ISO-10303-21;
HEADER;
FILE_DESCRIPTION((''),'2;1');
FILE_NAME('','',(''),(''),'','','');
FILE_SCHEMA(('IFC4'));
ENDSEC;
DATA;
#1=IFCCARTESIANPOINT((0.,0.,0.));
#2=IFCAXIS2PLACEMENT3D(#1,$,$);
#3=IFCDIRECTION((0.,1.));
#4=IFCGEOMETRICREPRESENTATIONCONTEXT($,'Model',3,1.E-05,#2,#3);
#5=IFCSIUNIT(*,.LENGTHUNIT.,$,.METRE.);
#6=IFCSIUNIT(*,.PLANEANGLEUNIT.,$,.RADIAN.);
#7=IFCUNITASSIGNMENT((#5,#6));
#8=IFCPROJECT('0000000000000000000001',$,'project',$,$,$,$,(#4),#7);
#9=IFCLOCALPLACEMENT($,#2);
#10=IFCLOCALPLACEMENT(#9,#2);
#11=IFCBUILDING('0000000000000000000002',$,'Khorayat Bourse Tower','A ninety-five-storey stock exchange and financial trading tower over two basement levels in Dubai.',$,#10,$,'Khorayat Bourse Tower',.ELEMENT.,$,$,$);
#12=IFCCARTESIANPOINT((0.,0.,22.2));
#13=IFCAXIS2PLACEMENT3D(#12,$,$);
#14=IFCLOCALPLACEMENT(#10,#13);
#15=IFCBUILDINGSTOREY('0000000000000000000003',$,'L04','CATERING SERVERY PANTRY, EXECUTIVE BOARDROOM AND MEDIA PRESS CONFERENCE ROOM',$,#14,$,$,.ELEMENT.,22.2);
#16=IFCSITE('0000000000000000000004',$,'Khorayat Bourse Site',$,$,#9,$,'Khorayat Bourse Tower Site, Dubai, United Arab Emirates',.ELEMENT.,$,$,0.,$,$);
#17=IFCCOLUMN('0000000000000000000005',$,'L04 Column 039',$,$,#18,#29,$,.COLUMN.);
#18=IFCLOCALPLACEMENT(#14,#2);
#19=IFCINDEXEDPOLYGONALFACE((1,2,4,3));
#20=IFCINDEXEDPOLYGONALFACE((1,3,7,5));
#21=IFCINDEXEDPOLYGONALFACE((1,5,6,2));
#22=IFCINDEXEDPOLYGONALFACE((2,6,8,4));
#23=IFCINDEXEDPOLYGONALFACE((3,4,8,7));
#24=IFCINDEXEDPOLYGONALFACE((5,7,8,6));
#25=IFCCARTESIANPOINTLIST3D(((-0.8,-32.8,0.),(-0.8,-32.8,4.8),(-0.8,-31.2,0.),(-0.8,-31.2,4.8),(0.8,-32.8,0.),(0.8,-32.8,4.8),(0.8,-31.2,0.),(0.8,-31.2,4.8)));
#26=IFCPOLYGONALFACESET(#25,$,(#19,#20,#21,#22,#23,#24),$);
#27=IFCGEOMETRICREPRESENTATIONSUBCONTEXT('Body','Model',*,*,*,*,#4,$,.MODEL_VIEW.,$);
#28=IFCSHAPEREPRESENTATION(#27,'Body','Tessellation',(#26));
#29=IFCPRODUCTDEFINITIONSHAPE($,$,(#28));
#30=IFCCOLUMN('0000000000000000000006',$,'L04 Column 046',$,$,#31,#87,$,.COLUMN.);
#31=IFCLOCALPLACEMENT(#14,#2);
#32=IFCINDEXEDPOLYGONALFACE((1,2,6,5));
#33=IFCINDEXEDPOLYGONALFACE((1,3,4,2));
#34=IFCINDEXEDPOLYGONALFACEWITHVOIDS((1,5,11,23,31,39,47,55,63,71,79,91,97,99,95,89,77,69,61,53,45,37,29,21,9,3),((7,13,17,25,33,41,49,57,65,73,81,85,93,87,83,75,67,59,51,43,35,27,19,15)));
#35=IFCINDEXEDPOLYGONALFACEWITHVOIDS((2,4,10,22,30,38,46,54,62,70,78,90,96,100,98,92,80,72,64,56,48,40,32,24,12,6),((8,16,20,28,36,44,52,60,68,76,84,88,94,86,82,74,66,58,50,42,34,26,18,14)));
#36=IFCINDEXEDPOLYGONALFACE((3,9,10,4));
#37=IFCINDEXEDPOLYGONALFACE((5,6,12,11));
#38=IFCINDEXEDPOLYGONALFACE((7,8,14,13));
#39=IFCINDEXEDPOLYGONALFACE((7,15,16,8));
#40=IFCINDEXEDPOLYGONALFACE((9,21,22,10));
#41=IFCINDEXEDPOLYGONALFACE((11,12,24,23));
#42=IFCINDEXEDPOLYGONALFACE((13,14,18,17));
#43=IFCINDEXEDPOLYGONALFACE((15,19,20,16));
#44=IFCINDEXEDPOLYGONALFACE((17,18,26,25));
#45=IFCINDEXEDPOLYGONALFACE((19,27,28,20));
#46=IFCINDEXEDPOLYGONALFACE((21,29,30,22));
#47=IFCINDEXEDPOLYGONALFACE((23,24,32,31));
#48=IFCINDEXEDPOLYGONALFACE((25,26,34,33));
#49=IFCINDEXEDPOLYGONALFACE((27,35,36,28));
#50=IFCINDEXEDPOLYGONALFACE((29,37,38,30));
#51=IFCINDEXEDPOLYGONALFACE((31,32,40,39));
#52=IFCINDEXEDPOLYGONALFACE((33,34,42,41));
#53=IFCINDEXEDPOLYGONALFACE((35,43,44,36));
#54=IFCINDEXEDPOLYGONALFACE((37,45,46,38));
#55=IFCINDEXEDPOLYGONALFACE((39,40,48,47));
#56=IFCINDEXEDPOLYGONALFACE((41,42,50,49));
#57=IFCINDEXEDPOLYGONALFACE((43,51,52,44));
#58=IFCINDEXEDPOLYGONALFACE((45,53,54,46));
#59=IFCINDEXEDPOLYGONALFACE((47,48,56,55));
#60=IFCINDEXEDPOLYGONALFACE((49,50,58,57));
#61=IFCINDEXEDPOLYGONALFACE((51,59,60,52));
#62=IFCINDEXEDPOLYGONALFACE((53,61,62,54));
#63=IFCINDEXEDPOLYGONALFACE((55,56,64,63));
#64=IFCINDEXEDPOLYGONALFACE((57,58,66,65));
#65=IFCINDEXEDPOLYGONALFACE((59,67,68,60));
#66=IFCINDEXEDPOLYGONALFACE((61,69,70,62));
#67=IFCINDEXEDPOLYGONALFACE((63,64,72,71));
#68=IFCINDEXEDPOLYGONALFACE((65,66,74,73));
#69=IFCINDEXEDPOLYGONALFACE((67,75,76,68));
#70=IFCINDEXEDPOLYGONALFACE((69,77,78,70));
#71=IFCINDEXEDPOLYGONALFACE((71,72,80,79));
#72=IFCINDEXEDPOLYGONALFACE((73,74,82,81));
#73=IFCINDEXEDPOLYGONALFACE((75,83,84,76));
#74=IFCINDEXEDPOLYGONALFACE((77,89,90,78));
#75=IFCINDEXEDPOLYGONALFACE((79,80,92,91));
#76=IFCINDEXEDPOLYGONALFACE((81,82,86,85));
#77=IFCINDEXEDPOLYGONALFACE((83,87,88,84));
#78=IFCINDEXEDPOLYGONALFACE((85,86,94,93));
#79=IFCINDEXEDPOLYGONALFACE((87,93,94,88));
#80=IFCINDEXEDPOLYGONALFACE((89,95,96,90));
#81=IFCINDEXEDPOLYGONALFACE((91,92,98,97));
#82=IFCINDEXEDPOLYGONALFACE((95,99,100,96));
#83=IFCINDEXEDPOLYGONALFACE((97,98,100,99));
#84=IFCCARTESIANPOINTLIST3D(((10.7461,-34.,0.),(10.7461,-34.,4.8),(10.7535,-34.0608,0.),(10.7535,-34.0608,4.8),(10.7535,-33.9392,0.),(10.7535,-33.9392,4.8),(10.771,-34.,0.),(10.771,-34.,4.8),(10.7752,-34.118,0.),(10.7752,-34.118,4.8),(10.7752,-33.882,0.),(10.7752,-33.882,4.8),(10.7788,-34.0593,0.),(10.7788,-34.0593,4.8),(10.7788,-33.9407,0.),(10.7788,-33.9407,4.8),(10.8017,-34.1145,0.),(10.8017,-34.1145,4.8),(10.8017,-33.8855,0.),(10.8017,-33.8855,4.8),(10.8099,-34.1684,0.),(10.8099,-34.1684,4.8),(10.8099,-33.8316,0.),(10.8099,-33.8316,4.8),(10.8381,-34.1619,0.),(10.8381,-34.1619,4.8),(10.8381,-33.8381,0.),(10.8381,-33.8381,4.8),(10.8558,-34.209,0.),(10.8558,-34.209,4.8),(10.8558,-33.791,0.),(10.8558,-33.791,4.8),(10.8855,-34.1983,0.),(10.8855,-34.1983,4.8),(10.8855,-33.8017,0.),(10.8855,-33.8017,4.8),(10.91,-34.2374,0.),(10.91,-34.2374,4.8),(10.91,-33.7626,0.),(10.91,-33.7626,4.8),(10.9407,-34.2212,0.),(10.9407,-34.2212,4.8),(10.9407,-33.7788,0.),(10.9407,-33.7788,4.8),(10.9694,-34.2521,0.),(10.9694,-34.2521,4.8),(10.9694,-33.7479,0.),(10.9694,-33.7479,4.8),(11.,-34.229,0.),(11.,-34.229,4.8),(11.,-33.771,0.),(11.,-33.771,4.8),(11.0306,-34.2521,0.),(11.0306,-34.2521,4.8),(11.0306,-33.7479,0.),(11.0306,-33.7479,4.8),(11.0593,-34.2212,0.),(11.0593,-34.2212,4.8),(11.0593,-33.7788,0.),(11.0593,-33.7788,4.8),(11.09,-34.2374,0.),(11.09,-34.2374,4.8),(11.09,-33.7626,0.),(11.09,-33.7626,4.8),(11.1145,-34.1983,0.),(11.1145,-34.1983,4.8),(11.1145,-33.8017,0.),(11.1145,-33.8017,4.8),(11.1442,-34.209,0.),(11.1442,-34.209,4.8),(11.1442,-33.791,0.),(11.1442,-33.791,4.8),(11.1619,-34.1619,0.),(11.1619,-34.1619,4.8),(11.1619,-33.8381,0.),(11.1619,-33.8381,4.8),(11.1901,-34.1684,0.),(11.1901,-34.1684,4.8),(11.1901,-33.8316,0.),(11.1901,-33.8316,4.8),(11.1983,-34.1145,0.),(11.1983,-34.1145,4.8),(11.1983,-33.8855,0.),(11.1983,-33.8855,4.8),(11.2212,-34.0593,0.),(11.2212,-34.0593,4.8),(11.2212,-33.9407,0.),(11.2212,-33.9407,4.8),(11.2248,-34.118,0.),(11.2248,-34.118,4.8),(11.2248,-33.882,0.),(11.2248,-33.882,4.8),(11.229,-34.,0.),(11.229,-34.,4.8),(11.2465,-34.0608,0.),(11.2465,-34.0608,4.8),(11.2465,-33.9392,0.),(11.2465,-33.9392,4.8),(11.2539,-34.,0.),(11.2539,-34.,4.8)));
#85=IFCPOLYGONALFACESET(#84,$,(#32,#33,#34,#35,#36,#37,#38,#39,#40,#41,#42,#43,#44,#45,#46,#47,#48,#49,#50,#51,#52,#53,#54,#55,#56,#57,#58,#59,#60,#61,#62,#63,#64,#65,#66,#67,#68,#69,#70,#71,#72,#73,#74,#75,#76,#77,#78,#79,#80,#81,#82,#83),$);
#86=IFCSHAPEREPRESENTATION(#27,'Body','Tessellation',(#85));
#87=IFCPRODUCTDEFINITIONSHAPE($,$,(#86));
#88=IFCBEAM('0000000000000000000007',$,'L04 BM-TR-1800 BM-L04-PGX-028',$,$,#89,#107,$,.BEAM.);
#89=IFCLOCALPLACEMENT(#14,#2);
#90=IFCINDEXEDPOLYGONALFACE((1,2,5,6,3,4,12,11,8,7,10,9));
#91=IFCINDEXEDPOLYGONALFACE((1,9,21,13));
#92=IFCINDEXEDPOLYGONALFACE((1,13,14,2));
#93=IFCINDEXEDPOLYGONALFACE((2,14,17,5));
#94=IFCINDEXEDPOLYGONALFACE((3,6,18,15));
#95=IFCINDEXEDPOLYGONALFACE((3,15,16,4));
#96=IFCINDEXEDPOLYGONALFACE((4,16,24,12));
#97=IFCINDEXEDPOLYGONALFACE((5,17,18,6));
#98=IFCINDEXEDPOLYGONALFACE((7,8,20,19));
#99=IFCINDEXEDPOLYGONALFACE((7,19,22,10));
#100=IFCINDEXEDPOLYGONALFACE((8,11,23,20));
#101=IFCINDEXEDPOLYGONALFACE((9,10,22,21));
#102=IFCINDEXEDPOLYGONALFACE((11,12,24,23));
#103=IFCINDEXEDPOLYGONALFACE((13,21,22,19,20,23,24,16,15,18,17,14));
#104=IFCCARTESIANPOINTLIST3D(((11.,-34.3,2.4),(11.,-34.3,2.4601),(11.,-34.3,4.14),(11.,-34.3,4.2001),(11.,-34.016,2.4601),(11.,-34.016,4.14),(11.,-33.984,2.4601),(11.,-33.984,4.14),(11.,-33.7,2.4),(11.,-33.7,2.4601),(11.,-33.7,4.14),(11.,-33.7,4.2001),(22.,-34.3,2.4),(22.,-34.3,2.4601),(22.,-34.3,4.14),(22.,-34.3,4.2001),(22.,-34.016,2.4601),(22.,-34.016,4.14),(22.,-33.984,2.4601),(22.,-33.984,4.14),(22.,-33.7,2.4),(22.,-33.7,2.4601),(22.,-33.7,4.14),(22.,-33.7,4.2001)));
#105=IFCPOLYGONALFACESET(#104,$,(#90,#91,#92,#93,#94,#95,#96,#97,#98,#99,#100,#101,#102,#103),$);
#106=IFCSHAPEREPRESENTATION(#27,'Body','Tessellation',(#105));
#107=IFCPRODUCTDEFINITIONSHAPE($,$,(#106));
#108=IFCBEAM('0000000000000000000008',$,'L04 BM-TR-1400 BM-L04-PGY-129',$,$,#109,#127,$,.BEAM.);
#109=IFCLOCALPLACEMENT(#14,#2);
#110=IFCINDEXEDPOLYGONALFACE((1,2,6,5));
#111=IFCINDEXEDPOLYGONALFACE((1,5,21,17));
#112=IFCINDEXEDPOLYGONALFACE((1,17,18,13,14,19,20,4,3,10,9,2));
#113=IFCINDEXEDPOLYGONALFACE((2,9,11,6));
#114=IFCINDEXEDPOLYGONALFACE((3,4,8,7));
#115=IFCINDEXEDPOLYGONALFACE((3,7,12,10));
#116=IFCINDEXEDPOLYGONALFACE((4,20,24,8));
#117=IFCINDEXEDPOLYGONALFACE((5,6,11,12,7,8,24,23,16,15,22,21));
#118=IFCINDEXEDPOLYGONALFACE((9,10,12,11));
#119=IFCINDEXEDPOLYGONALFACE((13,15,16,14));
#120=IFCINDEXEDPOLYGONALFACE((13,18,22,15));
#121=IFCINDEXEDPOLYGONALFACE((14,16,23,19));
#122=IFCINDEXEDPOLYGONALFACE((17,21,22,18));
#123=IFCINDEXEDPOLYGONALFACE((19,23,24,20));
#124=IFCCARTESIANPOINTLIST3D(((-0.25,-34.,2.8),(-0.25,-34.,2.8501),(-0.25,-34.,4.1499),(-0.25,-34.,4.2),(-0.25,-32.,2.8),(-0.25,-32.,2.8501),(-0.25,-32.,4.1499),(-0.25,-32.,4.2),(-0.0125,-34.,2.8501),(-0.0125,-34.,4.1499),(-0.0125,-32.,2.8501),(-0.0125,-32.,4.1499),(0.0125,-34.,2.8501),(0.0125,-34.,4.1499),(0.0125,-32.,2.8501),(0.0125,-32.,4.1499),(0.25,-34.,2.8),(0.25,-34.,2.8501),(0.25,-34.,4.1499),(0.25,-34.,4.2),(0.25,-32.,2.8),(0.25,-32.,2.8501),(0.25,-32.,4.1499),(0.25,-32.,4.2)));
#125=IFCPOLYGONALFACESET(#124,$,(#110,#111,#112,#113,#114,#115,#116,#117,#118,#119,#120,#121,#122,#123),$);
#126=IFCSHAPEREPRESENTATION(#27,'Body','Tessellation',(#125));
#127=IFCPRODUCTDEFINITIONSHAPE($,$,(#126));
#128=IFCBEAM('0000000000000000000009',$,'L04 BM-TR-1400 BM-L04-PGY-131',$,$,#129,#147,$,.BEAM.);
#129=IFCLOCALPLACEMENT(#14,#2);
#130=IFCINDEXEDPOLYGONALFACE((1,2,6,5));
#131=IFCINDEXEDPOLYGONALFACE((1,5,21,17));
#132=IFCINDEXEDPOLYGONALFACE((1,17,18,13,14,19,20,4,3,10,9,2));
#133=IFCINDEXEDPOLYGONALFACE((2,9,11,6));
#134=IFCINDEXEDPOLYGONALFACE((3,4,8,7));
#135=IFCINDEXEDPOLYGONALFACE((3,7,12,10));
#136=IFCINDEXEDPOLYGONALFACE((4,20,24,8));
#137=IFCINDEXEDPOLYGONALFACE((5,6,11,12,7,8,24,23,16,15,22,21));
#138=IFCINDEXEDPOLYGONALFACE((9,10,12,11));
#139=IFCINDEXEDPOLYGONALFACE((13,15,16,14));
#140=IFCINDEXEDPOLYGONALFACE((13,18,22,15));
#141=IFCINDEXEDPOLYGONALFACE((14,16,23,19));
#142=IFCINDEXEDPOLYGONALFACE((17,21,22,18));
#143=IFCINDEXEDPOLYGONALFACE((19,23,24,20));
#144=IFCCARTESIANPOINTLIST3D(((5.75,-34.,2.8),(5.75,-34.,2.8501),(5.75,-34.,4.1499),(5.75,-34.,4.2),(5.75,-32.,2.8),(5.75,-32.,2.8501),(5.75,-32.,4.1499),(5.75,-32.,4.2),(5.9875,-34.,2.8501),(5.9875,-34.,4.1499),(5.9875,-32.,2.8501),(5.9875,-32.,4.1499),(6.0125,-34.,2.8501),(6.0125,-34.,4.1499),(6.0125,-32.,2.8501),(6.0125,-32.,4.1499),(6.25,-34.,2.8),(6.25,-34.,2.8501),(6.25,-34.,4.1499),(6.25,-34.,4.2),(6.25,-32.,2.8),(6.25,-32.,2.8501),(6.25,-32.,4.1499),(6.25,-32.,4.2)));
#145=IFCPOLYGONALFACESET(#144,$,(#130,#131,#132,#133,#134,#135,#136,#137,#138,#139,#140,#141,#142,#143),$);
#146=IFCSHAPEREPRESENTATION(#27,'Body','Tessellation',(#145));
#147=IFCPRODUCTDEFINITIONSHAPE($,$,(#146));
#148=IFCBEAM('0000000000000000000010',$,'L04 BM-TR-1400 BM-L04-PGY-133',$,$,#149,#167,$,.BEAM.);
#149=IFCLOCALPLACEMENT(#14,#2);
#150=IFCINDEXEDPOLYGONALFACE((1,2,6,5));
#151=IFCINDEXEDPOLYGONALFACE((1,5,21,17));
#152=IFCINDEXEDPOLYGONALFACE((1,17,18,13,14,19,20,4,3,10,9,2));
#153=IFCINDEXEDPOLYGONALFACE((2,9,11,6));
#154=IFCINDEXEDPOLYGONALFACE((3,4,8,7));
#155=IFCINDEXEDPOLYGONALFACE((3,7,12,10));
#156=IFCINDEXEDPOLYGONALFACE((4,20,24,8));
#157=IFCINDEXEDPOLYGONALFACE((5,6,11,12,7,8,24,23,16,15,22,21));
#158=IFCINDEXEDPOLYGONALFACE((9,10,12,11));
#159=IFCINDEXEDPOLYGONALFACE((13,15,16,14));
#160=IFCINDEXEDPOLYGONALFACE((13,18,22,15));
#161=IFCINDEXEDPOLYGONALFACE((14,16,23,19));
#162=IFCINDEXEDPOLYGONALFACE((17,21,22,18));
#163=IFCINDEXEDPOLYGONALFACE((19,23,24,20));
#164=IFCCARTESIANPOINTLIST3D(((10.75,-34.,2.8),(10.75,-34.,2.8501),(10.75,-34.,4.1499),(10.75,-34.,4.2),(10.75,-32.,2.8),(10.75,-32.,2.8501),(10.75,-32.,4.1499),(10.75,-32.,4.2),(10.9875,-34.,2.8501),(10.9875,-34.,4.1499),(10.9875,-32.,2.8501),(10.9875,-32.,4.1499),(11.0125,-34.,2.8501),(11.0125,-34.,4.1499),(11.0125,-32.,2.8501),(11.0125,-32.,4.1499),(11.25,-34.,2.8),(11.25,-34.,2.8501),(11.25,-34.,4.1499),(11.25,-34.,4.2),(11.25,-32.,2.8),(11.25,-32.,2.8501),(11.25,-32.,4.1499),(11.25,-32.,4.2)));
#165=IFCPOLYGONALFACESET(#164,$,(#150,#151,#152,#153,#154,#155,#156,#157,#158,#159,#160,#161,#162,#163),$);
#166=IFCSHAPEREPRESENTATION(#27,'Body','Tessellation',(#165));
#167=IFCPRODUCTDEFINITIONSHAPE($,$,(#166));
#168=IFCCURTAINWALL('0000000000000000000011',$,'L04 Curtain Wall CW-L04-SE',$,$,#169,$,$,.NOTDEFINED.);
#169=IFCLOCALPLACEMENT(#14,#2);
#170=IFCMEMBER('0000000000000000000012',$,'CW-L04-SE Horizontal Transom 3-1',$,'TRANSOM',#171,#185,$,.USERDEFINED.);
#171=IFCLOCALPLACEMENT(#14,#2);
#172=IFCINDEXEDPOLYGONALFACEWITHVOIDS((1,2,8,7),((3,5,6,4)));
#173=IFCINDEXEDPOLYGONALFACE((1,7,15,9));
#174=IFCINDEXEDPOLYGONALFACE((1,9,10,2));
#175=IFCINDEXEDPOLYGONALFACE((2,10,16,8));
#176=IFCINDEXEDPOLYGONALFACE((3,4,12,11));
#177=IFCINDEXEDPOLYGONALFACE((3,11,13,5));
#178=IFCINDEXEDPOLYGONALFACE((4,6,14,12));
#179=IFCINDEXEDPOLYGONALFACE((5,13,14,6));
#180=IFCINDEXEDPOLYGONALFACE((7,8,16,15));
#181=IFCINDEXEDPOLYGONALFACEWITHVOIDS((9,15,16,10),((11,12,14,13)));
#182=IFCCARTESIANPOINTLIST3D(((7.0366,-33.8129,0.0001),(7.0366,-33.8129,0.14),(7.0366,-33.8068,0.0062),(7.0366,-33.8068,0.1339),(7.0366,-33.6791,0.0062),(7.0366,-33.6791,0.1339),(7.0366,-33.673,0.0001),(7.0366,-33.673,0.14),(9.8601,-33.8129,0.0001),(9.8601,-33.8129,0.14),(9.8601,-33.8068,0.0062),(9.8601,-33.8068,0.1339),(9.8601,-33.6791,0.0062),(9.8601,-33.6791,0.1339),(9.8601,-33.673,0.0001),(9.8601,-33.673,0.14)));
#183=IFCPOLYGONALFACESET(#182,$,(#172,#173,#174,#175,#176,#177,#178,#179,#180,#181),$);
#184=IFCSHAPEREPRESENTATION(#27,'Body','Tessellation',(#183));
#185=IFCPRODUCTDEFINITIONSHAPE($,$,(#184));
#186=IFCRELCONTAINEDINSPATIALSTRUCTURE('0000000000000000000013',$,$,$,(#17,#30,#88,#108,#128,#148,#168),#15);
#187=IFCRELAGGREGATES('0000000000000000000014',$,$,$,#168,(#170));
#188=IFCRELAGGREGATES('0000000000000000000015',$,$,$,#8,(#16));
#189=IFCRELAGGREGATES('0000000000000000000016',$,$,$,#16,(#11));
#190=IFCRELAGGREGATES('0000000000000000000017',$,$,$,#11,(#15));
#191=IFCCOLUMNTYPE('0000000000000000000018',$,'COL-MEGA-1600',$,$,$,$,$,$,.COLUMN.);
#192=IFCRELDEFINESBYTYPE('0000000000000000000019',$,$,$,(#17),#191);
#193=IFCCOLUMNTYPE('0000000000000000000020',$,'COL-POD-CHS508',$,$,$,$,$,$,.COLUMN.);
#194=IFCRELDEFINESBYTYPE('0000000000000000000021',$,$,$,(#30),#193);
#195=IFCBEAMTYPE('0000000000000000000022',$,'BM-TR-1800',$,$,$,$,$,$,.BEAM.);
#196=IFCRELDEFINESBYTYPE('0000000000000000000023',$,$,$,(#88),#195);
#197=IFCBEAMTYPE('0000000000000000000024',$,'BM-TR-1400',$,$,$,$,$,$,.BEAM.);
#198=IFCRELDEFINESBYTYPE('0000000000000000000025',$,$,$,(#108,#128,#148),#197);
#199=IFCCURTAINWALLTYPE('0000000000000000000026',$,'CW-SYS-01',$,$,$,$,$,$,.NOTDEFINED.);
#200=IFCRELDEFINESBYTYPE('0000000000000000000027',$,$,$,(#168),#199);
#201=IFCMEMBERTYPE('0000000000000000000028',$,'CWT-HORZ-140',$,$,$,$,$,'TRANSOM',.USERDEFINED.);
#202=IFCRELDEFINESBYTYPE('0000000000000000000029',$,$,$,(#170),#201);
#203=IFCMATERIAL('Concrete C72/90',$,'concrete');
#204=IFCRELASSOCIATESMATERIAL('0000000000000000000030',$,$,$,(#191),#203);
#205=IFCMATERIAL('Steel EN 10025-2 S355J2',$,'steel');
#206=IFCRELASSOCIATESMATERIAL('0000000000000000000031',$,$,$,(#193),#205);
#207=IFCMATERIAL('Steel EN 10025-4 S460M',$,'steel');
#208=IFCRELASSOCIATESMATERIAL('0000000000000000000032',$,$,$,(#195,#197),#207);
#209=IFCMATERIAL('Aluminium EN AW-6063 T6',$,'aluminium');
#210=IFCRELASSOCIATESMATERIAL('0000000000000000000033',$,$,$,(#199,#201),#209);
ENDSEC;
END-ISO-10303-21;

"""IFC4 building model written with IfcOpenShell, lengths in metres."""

from ifc_helpers import new_model, si_unit, direction, frame, origin, origin_2d, place, context, subcontext, project, spatial, rectangle, hollow_rectangle, hollow_circle, i_section, extrude, source, transform, mapped, material, material_profile, profile_set, type_object, element, aggregate, save


model = new_model("IFC4")

# Units and contexts
model_context = context("Model", 3, precision=1e-05, world=origin(), true_north=direction((0.0, 1.0)))
body_context = subcontext(model_context, "Body", "Model", "MODEL_VIEW")
ifc_project = project(units=[si_unit("LENGTHUNIT", "METRE"), si_unit("PLANEANGLEUNIT", "RADIAN")], contexts=[model_context])

# Site, building, storey
site_placement = place(None, origin())
site = spatial("IfcSite", under=ifc_project, at=site_placement, Name="Khorayat Bourse Site", LongName="Khorayat Bourse Tower Site, Dubai, United Arab Emirates", CompositionType="ELEMENT", RefElevation=0.0)
building_placement = place(site_placement, origin())
building = spatial("IfcBuilding", under=site, at=building_placement, Name="Khorayat Bourse Tower", Description="A ninety-five-storey stock exchange and financial trading tower over two basement levels in Dubai.", LongName="Khorayat Bourse Tower", CompositionType="ELEMENT")
storey_placement = place(building_placement, frame((0.0, 0.0, 22.2)))
storey = spatial("IfcBuildingStorey", under=building, at=storey_placement, Name="L04", Description="CATERING SERVERY PANTRY, EXECUTIVE BOARDROOM AND MEDIA PRESS CONFERENCE ROOM", CompositionType="ELEMENT", Elevation=22.2)

# Columns
ifc_material_1 = material(Name="Concrete C72/90", Category="concrete")
ifc_material_profile_1 = material_profile(ifc_material_1, rectangle(XDim=1.6001, YDim=1.6001, at=origin_2d()), Name="RC 1600x1600")
ifc_profile_set_1 = profile_set([ifc_material_profile_1], Name="Concrete C72/90")
column_type_1 = type_object("IfcColumnType", Name="COL-MEGA-1600", PredefinedType="COLUMN", material=ifc_profile_set_1)
shared_shape_1 = source(origin(), body_context, "Body", "SweptSolid", [
    extrude(rectangle(XDim=1.6001, YDim=1.6001, at=origin_2d()), origin(), (0.0, 0.0, 1.0), 4.8),
])
column_1_placement = place(storey_placement, frame((0.0, -32.0, 0.0), z_axis=(0.0, 0.0, 1.0), x_axis=(1.0, 0.0, 0.0)))
element("IfcColumn", 1, at=column_1_placement, inside=storey, type_object=column_type_1, Name="L04 Column 039", PredefinedType="COLUMN", context=body_context, shape_type="MappedRepresentation", body=[
    mapped(shared_shape_1, transform((0.0, 0.0, 0.0), scale=1.0)),
])
ifc_material_2 = material(Name="Steel EN 10025-2 S355J2", Category="steel")
ifc_material_profile_2 = material_profile(ifc_material_2, hollow_circle(Radius=0.2539, WallThickness=0.0249, at=origin_2d()), Name="CHS 508x25")
ifc_profile_set_2 = profile_set([ifc_material_profile_2], Name="Steel EN 10025-2 S355J2")
column_type_2 = type_object("IfcColumnType", Name="COL-POD-CHS508", PredefinedType="COLUMN", material=ifc_profile_set_2)
shared_shape_2 = source(origin(), body_context, "Body", "SweptSolid", [
    extrude(hollow_circle(Radius=0.2539, WallThickness=0.0249, at=origin_2d()), origin(), (0.0, 0.0, 1.0), 4.8),
])
column_2_placement = place(storey_placement, frame((11.0, -34.0, 0.0), z_axis=(0.0, 0.0, 1.0), x_axis=(1.0, 0.0, 0.0)))
element("IfcColumn", 2, at=column_2_placement, inside=storey, type_object=column_type_2, Name="L04 Column 046", PredefinedType="COLUMN", context=body_context, shape_type="MappedRepresentation", body=[
    mapped(shared_shape_2, transform((0.0, 0.0, 0.0), scale=1.0)),
])

# Beams
ifc_material_3 = material(Name="Steel EN 10025-4 S460M", Category="steel")
ifc_material_profile_3 = material_profile(ifc_material_3, i_section(OverallWidth=0.6001, OverallDepth=1.8, WebThickness=0.032, FlangeThickness=0.0601, at=origin_2d()), Name="PG 1800x600x32x60")
ifc_profile_set_3 = profile_set([ifc_material_profile_3], Name="Steel EN 10025-4 S460M")
beam_type_1 = type_object("IfcBeamType", Name="BM-TR-1800", PredefinedType="BEAM", material=ifc_profile_set_3)
shared_shape_3 = source(origin(), body_context, "Body", "SweptSolid", [
    extrude(i_section(OverallWidth=0.6001, OverallDepth=1.8, WebThickness=0.032, FlangeThickness=0.0601, at=origin_2d()), origin(), (0.0, 0.0, 1.0), 11.0),
])
beam_placement = place(storey_placement, frame((11.0, -34.0, 3.3), z_axis=(1.0, 0.0, 0.0), x_axis=(0.0, 1.0, 0.0)))
element("IfcBeam", 3, at=beam_placement, inside=storey, type_object=beam_type_1, Name="L04 BM-TR-1800 BM-L04-PGX-028", PredefinedType="BEAM", context=body_context, shape_type="MappedRepresentation", body=[
    mapped(shared_shape_3, transform((0.0, 0.0, 0.0), scale=1.0)),
])
ifc_material_profile_4 = material_profile(ifc_material_3, i_section(OverallWidth=0.5, OverallDepth=1.3999, WebThickness=0.0249, FlangeThickness=0.05, at=origin_2d()), Name="PG 1400x500x25x50")
ifc_profile_set_4 = profile_set([ifc_material_profile_4], Name="Steel EN 10025-4 S460M")
beam_type_2 = type_object("IfcBeamType", Name="BM-TR-1400", PredefinedType="BEAM", material=ifc_profile_set_4)
shared_shape_4 = source(origin(), body_context, "Body", "SweptSolid", [
    extrude(i_section(OverallWidth=0.5, OverallDepth=1.3999, WebThickness=0.0249, FlangeThickness=0.05, at=origin_2d()), origin(), (0.0, 0.0, 1.0), 2.0),
])
for number, where, z_axis, x_axis, name in (
    (4, (0.0, -34.0, 3.5), (0.0, 1.0, 0.0), (-1.0, 0.0, 0.0), "L04 BM-TR-1400 BM-L04-PGY-129"),
    (5, (6.0, -34.0, 3.5), (0.0, 1.0, 0.0), (-1.0, 0.0, 0.0), "L04 BM-TR-1400 BM-L04-PGY-131"),
    (6, (11.0, -34.0, 3.5), (0.0, 1.0, 0.0), (-1.0, 0.0, 0.0), "L04 BM-TR-1400 BM-L04-PGY-133"),
):
    element("IfcBeam", number, at=place(storey_placement, frame(where, z_axis=z_axis, x_axis=x_axis)), inside=storey, type_object=beam_type_2, Name=name, PredefinedType="BEAM", context=body_context, shape_type="MappedRepresentation", body=[
        mapped(shared_shape_4, transform((0.0, 0.0, 0.0), scale=1.0)),
    ])

# Curtain wall, member
ifc_material_4 = material(Name="Aluminium EN AW-6063 T6", Category="aluminium")
curtain_wall_type = type_object("IfcCurtainWallType", Name="CW-SYS-01", PredefinedType="NOTDEFINED", material=ifc_material_4)
curtain_wall_1_placement = place(storey_placement, origin())
curtain_wall_1 = element("IfcCurtainWall", 7, at=curtain_wall_1_placement, inside=storey, type_object=curtain_wall_type, Name="L04 Curtain Wall CW-L04-SE", PredefinedType="NOTDEFINED")
ifc_material_profile_5 = material_profile(ifc_material_4, hollow_rectangle(XDim=0.1399, YDim=0.1399, WallThickness=0.0061, at=origin_2d()), Name="ALU 140x140x6")
ifc_profile_set_5 = profile_set([ifc_material_profile_5], Name="Aluminium EN AW-6063 T6")
member_type_1 = type_object("IfcMemberType", Name="CWT-HORZ-140", ElementType="TRANSOM", PredefinedType="USERDEFINED", material=ifc_profile_set_5)
shared_shape_5 = source(origin(), body_context, "Body", "SweptSolid", [
    extrude(hollow_rectangle(XDim=0.1399, YDim=0.1399, WallThickness=0.0061, at=origin_2d()), origin(), (0.0, 0.0, 1.0), 2.8235),
])
member_1_placement = place(storey_placement, frame((7.0366, -33.7429, 0.0701), z_axis=(1.0, 0.0, 0.0), x_axis=(0.0, 1.0, 0.0)))
member_1 = element("IfcMember", 8, at=member_1_placement, type_object=member_type_1, Name="CW-L04-SE Horizontal Transom 3-1", ObjectType="TRANSOM", PredefinedType="USERDEFINED", context=body_context, shape_type="MappedRepresentation", body=[
    mapped(shared_shape_5, transform((0.0, 0.0, 0.0), scale=1.0)),
])

aggregate(curtain_wall_1, [member_1])

save(model, "model.ifc")
